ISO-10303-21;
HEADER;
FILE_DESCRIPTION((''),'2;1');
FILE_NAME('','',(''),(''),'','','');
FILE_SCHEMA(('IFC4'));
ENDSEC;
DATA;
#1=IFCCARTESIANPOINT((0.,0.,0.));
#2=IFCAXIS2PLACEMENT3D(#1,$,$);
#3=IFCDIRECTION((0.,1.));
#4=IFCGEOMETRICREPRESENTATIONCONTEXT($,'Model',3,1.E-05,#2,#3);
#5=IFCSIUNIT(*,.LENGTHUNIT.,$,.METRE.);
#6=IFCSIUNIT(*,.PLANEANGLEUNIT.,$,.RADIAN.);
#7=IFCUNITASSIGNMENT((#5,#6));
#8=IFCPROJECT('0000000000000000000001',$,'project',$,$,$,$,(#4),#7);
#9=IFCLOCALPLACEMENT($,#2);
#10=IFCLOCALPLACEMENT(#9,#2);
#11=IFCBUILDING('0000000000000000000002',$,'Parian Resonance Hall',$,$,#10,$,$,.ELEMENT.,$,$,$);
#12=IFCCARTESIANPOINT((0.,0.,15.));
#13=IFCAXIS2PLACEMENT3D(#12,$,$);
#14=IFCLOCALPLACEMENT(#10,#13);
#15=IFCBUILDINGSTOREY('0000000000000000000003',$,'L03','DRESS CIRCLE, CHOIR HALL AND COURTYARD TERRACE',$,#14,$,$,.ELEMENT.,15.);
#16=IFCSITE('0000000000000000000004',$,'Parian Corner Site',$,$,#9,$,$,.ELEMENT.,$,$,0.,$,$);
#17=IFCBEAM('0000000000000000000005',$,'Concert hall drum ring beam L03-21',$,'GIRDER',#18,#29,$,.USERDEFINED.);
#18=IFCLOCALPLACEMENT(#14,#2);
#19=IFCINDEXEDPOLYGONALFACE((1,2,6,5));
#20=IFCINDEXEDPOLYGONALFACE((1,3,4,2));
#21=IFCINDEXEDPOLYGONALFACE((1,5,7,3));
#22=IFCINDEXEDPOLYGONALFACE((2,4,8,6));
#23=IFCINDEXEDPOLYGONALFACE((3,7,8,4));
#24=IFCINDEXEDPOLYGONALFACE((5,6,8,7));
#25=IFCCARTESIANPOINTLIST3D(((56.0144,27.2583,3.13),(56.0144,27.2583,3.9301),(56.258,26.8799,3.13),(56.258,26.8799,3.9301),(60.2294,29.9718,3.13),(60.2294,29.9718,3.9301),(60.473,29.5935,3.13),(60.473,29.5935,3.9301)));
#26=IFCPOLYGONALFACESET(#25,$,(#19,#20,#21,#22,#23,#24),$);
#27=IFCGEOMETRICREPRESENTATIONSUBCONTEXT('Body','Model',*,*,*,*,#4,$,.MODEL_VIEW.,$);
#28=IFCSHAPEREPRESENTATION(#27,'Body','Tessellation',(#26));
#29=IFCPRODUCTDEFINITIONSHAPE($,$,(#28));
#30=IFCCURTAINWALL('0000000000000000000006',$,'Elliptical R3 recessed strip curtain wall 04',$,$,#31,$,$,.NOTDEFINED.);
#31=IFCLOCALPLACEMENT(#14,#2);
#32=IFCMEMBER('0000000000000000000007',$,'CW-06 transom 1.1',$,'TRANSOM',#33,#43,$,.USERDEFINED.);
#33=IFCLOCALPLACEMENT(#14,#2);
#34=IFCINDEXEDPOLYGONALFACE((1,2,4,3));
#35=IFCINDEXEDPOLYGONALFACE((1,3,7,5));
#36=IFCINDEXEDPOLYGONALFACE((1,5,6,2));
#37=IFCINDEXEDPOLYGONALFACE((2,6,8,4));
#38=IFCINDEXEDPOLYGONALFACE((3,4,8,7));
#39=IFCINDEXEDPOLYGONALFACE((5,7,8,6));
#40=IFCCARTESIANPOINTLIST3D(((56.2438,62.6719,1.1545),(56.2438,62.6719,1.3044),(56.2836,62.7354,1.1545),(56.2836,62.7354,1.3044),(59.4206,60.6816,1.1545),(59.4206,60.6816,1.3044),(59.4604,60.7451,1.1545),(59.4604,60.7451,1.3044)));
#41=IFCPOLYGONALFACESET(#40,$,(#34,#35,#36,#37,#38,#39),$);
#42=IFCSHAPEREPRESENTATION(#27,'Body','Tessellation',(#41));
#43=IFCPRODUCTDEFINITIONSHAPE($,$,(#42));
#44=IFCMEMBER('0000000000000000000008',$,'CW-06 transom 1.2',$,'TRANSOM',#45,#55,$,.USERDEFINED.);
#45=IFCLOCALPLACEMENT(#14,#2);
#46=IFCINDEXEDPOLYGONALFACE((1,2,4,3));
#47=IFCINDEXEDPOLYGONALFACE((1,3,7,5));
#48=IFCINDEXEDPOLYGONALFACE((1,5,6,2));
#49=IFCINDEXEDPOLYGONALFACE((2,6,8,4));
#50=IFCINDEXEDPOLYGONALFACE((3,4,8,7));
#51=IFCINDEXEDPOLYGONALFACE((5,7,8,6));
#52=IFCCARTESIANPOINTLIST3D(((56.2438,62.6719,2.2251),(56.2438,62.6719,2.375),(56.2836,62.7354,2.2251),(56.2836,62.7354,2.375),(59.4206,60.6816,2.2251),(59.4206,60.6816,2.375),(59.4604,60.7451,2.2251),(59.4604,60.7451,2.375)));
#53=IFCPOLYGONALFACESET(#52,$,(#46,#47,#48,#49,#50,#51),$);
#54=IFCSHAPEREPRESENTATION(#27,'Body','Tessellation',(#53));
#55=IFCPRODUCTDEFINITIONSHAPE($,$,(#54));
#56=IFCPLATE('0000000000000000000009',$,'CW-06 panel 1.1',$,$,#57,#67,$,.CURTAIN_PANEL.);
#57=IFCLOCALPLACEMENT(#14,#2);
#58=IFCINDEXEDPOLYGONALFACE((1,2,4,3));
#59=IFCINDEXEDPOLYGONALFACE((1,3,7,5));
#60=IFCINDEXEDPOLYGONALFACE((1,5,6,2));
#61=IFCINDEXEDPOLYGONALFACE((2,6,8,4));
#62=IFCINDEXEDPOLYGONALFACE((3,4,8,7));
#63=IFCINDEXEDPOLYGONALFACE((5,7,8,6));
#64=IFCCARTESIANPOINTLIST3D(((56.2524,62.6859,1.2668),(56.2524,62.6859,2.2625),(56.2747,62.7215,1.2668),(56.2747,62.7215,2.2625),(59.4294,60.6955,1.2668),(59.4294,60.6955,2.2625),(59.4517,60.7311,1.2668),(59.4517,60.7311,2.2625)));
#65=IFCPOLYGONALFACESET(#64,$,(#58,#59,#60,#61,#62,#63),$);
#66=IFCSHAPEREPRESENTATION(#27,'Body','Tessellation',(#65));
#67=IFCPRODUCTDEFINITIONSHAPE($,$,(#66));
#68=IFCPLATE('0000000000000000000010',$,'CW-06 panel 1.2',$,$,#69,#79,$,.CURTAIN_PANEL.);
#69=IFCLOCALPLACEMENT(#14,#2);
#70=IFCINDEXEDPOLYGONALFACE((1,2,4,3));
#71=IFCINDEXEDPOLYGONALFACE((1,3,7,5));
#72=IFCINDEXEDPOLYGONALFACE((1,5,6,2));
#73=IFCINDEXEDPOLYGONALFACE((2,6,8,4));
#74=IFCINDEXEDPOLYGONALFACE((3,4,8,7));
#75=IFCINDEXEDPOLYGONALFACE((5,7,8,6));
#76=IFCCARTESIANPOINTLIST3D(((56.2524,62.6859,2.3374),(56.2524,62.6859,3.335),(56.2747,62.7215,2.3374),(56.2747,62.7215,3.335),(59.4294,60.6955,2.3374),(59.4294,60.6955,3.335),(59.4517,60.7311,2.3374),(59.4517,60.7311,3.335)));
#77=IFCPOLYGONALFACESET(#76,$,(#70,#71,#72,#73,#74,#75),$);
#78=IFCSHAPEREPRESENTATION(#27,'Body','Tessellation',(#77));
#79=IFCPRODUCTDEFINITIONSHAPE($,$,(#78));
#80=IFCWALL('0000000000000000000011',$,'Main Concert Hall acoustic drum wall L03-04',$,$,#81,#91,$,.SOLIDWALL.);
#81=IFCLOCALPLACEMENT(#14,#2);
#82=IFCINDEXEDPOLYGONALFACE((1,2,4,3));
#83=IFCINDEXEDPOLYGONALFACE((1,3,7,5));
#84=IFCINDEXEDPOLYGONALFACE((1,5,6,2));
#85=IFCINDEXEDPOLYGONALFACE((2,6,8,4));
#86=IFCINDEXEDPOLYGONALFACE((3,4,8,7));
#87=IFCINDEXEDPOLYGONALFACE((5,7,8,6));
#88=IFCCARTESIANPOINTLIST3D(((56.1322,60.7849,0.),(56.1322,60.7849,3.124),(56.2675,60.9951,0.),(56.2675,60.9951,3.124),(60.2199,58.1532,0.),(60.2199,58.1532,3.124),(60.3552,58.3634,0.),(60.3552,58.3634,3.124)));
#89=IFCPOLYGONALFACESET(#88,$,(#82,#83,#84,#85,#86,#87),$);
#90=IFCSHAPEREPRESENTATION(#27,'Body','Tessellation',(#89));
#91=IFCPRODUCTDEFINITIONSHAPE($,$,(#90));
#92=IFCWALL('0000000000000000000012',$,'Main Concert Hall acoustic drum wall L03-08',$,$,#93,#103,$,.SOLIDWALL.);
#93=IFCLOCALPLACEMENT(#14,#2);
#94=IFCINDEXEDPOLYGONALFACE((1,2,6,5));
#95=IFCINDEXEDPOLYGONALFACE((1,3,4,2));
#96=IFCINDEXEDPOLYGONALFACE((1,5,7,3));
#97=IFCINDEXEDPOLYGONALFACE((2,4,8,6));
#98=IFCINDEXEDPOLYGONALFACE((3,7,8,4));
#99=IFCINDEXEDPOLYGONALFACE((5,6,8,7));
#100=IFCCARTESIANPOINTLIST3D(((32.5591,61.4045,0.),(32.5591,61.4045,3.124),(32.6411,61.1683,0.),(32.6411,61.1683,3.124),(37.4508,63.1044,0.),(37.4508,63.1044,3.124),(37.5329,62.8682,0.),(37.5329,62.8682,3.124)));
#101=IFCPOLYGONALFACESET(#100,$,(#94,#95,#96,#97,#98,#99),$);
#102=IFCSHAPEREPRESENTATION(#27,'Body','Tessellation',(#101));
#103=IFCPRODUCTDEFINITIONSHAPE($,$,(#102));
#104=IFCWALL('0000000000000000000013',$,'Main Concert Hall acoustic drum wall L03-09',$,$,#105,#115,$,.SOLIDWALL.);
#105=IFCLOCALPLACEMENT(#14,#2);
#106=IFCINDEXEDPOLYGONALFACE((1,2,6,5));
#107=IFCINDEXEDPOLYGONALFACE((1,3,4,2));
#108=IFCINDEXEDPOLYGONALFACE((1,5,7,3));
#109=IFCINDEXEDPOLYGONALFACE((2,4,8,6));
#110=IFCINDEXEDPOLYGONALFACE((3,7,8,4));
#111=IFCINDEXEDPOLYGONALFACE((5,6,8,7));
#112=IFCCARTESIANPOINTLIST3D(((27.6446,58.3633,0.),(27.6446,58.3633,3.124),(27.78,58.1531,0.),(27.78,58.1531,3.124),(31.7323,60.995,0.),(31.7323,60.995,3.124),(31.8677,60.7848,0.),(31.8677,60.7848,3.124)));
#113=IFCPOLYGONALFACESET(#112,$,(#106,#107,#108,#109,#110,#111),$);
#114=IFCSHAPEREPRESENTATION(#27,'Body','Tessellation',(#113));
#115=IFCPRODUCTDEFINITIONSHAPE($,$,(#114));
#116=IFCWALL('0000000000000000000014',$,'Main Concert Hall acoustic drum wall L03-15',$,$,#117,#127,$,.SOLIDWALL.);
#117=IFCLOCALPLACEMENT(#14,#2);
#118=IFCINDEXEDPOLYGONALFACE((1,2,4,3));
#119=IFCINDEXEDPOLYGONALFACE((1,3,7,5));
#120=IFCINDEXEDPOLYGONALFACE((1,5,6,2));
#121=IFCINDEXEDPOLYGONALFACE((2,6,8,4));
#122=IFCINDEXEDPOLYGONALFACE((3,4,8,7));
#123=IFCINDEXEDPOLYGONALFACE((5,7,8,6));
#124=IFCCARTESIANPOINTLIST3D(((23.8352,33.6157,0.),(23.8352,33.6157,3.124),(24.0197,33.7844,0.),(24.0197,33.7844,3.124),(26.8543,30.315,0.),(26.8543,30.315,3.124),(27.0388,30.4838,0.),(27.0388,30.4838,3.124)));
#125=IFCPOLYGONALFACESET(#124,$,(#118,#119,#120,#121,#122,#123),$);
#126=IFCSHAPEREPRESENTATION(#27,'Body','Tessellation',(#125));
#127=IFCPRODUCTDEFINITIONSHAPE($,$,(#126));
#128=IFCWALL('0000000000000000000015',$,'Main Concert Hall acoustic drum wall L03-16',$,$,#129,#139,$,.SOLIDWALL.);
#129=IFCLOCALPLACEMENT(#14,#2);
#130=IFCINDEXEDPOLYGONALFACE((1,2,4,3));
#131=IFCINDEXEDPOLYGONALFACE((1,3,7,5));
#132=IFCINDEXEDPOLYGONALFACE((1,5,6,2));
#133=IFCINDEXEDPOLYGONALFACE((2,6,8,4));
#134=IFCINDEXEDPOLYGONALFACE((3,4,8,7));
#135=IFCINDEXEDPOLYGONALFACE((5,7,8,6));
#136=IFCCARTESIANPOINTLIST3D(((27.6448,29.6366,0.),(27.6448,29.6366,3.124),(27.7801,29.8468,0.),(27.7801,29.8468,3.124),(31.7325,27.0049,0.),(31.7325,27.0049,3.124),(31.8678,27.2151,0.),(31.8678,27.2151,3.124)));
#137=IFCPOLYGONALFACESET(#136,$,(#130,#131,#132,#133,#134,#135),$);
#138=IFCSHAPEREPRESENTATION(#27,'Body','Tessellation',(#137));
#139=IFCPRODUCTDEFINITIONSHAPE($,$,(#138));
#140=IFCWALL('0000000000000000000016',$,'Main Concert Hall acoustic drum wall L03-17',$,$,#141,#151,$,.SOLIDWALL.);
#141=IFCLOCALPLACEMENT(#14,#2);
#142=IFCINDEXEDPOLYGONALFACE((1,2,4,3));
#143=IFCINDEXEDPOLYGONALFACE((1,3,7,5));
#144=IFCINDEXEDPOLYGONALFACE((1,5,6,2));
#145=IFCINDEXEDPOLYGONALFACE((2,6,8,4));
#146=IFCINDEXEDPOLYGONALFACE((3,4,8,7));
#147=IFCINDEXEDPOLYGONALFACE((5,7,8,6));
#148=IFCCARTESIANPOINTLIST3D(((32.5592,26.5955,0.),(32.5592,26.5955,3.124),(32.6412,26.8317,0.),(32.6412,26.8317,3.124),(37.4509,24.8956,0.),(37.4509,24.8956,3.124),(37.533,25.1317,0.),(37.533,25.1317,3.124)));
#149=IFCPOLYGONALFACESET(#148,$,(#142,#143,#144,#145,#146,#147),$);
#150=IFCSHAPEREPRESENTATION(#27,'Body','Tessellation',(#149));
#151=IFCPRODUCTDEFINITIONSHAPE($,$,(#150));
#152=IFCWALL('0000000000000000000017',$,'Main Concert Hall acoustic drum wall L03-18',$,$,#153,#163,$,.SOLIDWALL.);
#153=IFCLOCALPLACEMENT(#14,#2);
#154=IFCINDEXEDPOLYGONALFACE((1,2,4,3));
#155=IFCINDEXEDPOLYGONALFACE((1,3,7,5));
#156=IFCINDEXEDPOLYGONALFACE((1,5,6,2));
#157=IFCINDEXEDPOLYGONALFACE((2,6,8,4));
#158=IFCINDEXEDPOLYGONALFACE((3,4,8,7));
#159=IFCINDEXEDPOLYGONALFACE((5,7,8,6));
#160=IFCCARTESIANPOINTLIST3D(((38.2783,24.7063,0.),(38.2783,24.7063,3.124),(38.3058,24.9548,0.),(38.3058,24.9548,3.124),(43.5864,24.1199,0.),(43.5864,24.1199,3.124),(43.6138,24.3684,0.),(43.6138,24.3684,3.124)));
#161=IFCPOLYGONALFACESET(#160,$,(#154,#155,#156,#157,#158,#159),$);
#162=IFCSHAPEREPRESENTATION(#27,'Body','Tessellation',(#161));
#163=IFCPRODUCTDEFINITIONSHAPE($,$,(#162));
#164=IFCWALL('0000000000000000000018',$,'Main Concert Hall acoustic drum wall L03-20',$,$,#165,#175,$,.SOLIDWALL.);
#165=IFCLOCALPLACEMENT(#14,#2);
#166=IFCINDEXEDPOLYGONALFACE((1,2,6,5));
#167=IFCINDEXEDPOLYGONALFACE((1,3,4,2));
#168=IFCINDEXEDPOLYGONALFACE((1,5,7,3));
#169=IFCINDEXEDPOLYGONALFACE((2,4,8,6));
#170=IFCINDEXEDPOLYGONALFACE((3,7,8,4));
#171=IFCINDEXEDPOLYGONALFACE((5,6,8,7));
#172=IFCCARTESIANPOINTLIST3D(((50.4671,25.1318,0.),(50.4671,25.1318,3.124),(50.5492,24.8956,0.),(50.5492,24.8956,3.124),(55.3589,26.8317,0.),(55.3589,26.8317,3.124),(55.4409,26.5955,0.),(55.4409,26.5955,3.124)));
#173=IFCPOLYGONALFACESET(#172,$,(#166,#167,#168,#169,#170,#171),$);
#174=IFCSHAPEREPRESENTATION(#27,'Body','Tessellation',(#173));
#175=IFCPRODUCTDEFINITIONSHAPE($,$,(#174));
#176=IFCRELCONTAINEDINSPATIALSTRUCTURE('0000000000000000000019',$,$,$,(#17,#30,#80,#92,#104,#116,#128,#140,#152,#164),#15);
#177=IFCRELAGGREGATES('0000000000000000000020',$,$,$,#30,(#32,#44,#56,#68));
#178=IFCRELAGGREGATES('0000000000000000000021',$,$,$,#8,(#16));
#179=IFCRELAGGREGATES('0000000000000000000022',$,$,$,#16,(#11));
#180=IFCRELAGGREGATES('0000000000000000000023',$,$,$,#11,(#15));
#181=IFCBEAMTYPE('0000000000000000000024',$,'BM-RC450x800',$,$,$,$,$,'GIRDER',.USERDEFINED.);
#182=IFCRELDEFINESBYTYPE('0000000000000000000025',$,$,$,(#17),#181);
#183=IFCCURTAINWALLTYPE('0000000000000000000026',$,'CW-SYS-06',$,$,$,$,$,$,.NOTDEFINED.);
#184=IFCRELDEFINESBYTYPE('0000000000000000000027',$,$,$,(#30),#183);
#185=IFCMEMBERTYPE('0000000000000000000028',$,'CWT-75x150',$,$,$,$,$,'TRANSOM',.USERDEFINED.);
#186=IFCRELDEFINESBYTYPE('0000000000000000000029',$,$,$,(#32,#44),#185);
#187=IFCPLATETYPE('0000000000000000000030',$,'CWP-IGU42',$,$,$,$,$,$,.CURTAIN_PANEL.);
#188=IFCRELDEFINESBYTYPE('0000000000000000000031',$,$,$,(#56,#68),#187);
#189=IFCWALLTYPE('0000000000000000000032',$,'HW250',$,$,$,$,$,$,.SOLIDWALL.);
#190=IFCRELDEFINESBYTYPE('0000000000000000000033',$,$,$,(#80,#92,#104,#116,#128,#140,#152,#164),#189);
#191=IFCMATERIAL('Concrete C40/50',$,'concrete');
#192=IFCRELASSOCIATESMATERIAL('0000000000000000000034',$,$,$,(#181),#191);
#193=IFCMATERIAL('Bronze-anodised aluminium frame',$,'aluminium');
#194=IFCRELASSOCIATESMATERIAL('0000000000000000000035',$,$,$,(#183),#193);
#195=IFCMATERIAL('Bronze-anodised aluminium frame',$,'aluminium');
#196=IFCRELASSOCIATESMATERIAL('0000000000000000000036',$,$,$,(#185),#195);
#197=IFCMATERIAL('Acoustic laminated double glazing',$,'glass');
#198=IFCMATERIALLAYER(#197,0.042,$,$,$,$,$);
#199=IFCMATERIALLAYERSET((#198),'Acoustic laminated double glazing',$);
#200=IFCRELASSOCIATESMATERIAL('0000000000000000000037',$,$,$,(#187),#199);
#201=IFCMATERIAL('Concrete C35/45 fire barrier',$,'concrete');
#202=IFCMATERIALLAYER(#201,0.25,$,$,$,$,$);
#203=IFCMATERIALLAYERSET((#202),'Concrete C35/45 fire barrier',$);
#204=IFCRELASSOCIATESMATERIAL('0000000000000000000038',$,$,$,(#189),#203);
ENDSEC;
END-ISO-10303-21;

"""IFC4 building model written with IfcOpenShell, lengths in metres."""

from ifc_helpers import new_model, si_unit, direction, frame, frame_2d, origin, origin_2d, place, context, subcontext, project, spatial, rectangle, extrude, material, layer, layer_set, material_profile, profile_set, type_object, element, aggregate, save


model = new_model("IFC4")

# Units and contexts
model_context = context("Model", 3, precision=1e-05, world=origin(), true_north=direction((0.0, 1.0)))
body_context = subcontext(model_context, "Body", "Model", "MODEL_VIEW")
ifc_project = project(units=[si_unit("LENGTHUNIT", "METRE"), si_unit("PLANEANGLEUNIT", "RADIAN")], contexts=[model_context])

# Site, building, storey
site_placement = place(None, origin())
site = spatial("IfcSite", under=ifc_project, at=site_placement, Name="Parian Corner Site", CompositionType="ELEMENT", RefElevation=0.0)
building_placement = place(site_placement, origin())
building = spatial("IfcBuilding", under=site, at=building_placement, Name="Parian Resonance Hall", CompositionType="ELEMENT")
storey_placement = place(building_placement, frame((0.0, 0.0, 15.0)))
storey = spatial("IfcBuildingStorey", under=building, at=storey_placement, Name="L03", Description="DRESS CIRCLE, CHOIR HALL AND COURTYARD TERRACE", CompositionType="ELEMENT", Elevation=15.0)

# Beam
ifc_material_1 = material(Name="Concrete C40/50", Category="concrete")
ifc_material_profile_1 = material_profile(ifc_material_1, rectangle(XDim=0.45, YDim=0.8, at=origin_2d()), Name="RC-BM-450x800")
ifc_profile_set_1 = profile_set([ifc_material_profile_1], Name="Concrete C40/50")
beam_type = type_object("IfcBeamType", Name="BM-RC450x800", ElementType="GIRDER", PredefinedType="USERDEFINED", material=ifc_profile_set_1)
beam_1_placement = place(storey_placement, frame((56.1362, 27.0691, 3.53), z_axis=(0.840822, 0.541311, 0.0), x_axis=(-0.541311, 0.840822, 0.0)))
element("IfcBeam", 1, at=beam_1_placement, inside=storey, type_object=beam_type, Name="Concert hall drum ring beam L03-21", ObjectType="GIRDER", PredefinedType="USERDEFINED", context=body_context, shape_type="SweptSolid", body=[
    extrude(rectangle(XDim=0.45, YDim=0.8, at=origin_2d()), origin(), (0.0, 0.0, 1.0), 5.0129),
])

# Curtain wall, members, plates
ifc_material_2 = material(Name="Bronze-anodised aluminium frame", Category="aluminium")
curtain_wall_type = type_object("IfcCurtainWallType", Name="CW-SYS-06", PredefinedType="NOTDEFINED", material=ifc_material_2)
curtain_wall_placement = place(storey_placement, origin())
curtain_wall = element("IfcCurtainWall", 2, at=curtain_wall_placement, inside=storey, type_object=curtain_wall_type, Name="Elliptical R3 recessed strip curtain wall 04", PredefinedType="NOTDEFINED")
ifc_material_3 = material(Name="Bronze-anodised aluminium frame", Category="aluminium")
ifc_material_profile_2 = material_profile(ifc_material_3, rectangle(XDim=0.075, YDim=0.1499, at=origin_2d()), Name="CWT-75x150")
ifc_profile_set_2 = profile_set([ifc_material_profile_2], Name="Bronze-anodised aluminium frame")
member_type = type_object("IfcMemberType", Name="CWT-75x150", ElementType="TRANSOM", PredefinedType="USERDEFINED", material=ifc_profile_set_2)
member_1_placement = place(storey_placement, frame((56.2637, 62.7036, 1.2295), z_axis=(0.847427, -0.530912, 0.0), x_axis=(0.530912, 0.847427, 0.0)))
member_1 = element("IfcMember", 3, at=member_1_placement, type_object=member_type, Name="CW-06 transom 1.1", ObjectType="TRANSOM", PredefinedType="USERDEFINED", context=body_context, shape_type="SweptSolid", body=[
    extrude(rectangle(XDim=0.075, YDim=0.1499, at=origin_2d()), origin(), (0.0, 0.0, 1.0), 3.7488),
])
member_2_placement = place(storey_placement, frame((56.2637, 62.7036, 2.3), z_axis=(0.847427, -0.530912, 0.0), x_axis=(0.530912, 0.847427, 0.0)))
member_2 = element("IfcMember", 4, at=member_2_placement, type_object=member_type, Name="CW-06 transom 1.2", ObjectType="TRANSOM", PredefinedType="USERDEFINED", context=body_context, shape_type="SweptSolid", body=[
    extrude(rectangle(XDim=0.075, YDim=0.1499, at=origin_2d()), origin(), (0.0, 0.0, 1.0), 3.7488),
])
ifc_material_4 = material(Name="Acoustic laminated double glazing", Category="glass")
ifc_layer_1 = layer(ifc_material_4, 0.042)
ifc_layer_set_1 = layer_set([ifc_layer_1], Name="Acoustic laminated double glazing")
plate_type = type_object("IfcPlateType", Name="CWP-IGU42", PredefinedType="CURTAIN_PANEL", material=ifc_layer_set_1)
plate_1_placement = place(storey_placement, frame((57.8521, 61.7085, 1.2668), z_axis=(0.0, 0.0, 1.0), x_axis=(0.847432, -0.530904, 0.0)))
plate_1 = element("IfcPlate", 5, at=plate_1_placement, type_object=plate_type, Name="CW-06 panel 1.1", PredefinedType="CURTAIN_PANEL", context=body_context, shape_type="SweptSolid", body=[
    extrude(rectangle(XDim=3.749, YDim=0.042, at=origin_2d()), origin(), (0.0, 0.0, 1.0), 0.9956),
])
plate_2_placement = place(storey_placement, frame((57.8521, 61.7085, 2.3374), z_axis=(0.0, 0.0, 1.0), x_axis=(0.847432, -0.530904, 0.0)))
plate_2 = element("IfcPlate", 6, at=plate_2_placement, type_object=plate_type, Name="CW-06 panel 1.2", PredefinedType="CURTAIN_PANEL", context=body_context, shape_type="SweptSolid", body=[
    extrude(rectangle(XDim=3.749, YDim=0.042, at=origin_2d()), origin(), (0.0, 0.0, 1.0), 0.9976),
])
aggregate(curtain_wall, [member_1, member_2, plate_1, plate_2])

# Walls
ifc_material_5 = material(Name="Concrete C35/45 fire barrier", Category="concrete")
ifc_layer_2 = layer(ifc_material_5, 0.25)
ifc_layer_set_2 = layer_set([ifc_layer_2], Name="Concrete C35/45 fire barrier")
wall_type = type_object("IfcWallType", Name="HW250", PredefinedType="SOLIDWALL", material=ifc_layer_set_2)
wall_1_placement = place(storey_placement, frame((56.2, 60.8899, 0.0), z_axis=(0.0, 0.0, 1.0), x_axis=(0.840821, -0.541313, 0.0)))
element("IfcWall", 7, at=wall_1_placement, inside=storey, type_object=wall_type, Name="Main Concert Hall acoustic drum wall L03-04", PredefinedType="SOLIDWALL", context=body_context, shape_type="SweptSolid", body=[
    extrude(rectangle(XDim=4.8616, YDim=0.25, at=frame_2d((2.4307, 0.0))), origin(), (0.0, 0.0, 1.0), 3.124),
])
wall_2_placement = place(storey_placement, frame((32.6001, 61.2864, 0.0), z_axis=(0.0, 0.0, 1.0), x_axis=(0.94459, 0.328252, 0.0)))
element("IfcWall", 8, at=wall_2_placement, inside=storey, type_object=wall_type, Name="Main Concert Hall acoustic drum wall L03-08", PredefinedType="SOLIDWALL", context=body_context, shape_type="SweptSolid", body=[
    extrude(rectangle(XDim=5.1787, YDim=0.25, at=frame_2d((2.5894, 0.0))), origin(), (0.0, 0.0, 1.0), 3.124),
])
wall_3_placement = place(storey_placement, frame((27.7124, 58.2583, 0.0), z_axis=(0.0, 0.0, 1.0), x_axis=(0.840821, 0.541313, 0.0)))
element("IfcWall", 9, at=wall_3_placement, inside=storey, type_object=wall_type, Name="Main Concert Hall acoustic drum wall L03-09", PredefinedType="SOLIDWALL", context=body_context, shape_type="SweptSolid", body=[
    extrude(rectangle(XDim=4.8616, YDim=0.25, at=frame_2d((2.4307, 0.0))), origin(), (0.0, 0.0, 1.0), 3.124),
])
wall_4_placement = place(storey_placement, frame((26.9465, 30.3994, 0.0), z_axis=(0.0, 0.0, 1.0), x_axis=(-0.674941, 0.737872, 0.0)))
element("IfcWall", 10, at=wall_4_placement, inside=storey, type_object=wall_type, Name="Main Concert Hall acoustic drum wall L03-15", PredefinedType="SOLIDWALL", context=body_context, shape_type="SweptSolid", body=[
    extrude(rectangle(XDim=4.4731, YDim=0.25, at=frame_2d((2.2366, 0.0))), origin(), (0.0, 0.0, 1.0), 3.124),
])
wall_5_placement = place(storey_placement, frame((31.8, 27.1101, 0.0), z_axis=(0.0, 0.0, 1.0), x_axis=(-0.840821, 0.541313, 0.0)))
element("IfcWall", 11, at=wall_5_placement, inside=storey, type_object=wall_type, Name="Main Concert Hall acoustic drum wall L03-16", PredefinedType="SOLIDWALL", context=body_context, shape_type="SweptSolid", body=[
    extrude(rectangle(XDim=4.8616, YDim=0.25, at=frame_2d((2.4307, 0.0))), origin(), (0.0, 0.0, 1.0), 3.124),
])
wall_6_placement = place(storey_placement, frame((37.4919, 25.0137, 0.0), z_axis=(0.0, 0.0, 1.0), x_axis=(-0.94459, 0.328252, 0.0)))
element("IfcWall", 12, at=wall_6_placement, inside=storey, type_object=wall_type, Name="Main Concert Hall acoustic drum wall L03-17", PredefinedType="SOLIDWALL", context=body_context, shape_type="SweptSolid", body=[
    extrude(rectangle(XDim=5.1787, YDim=0.25, at=frame_2d((2.5894, 0.0))), origin(), (0.0, 0.0, 1.0), 3.124),
])
wall_7_placement = place(storey_placement, frame((43.6001, 24.2441, 0.0), z_axis=(0.0, 0.0, 1.0), x_axis=(-0.993953, 0.109809, 0.0)))
element("IfcWall", 13, at=wall_7_placement, inside=storey, type_object=wall_type, Name="Main Concert Hall acoustic drum wall L03-18", PredefinedType="SOLIDWALL", context=body_context, shape_type="SweptSolid", body=[
    extrude(rectangle(XDim=5.3403, YDim=0.25, at=frame_2d((2.6702, 0.0))), origin(), (0.0, 0.0, 1.0), 3.124),
])

# Wall
wall_8_placement = place(storey_placement, frame((55.3999, 26.7136, 0.0), z_axis=(0.0, 0.0, 1.0), x_axis=(-0.94459, -0.328252, 0.0)))
element("IfcWall", 14, at=wall_8_placement, inside=storey, type_object=wall_type, Name="Main Concert Hall acoustic drum wall L03-20", PredefinedType="SOLIDWALL", context=body_context, shape_type="SweptSolid", body=[
    extrude(rectangle(XDim=5.1787, YDim=0.25, at=frame_2d((2.5894, 0.0))), origin(), (0.0, 0.0, 1.0), 3.124),
])

save(model, "model.ifc")
